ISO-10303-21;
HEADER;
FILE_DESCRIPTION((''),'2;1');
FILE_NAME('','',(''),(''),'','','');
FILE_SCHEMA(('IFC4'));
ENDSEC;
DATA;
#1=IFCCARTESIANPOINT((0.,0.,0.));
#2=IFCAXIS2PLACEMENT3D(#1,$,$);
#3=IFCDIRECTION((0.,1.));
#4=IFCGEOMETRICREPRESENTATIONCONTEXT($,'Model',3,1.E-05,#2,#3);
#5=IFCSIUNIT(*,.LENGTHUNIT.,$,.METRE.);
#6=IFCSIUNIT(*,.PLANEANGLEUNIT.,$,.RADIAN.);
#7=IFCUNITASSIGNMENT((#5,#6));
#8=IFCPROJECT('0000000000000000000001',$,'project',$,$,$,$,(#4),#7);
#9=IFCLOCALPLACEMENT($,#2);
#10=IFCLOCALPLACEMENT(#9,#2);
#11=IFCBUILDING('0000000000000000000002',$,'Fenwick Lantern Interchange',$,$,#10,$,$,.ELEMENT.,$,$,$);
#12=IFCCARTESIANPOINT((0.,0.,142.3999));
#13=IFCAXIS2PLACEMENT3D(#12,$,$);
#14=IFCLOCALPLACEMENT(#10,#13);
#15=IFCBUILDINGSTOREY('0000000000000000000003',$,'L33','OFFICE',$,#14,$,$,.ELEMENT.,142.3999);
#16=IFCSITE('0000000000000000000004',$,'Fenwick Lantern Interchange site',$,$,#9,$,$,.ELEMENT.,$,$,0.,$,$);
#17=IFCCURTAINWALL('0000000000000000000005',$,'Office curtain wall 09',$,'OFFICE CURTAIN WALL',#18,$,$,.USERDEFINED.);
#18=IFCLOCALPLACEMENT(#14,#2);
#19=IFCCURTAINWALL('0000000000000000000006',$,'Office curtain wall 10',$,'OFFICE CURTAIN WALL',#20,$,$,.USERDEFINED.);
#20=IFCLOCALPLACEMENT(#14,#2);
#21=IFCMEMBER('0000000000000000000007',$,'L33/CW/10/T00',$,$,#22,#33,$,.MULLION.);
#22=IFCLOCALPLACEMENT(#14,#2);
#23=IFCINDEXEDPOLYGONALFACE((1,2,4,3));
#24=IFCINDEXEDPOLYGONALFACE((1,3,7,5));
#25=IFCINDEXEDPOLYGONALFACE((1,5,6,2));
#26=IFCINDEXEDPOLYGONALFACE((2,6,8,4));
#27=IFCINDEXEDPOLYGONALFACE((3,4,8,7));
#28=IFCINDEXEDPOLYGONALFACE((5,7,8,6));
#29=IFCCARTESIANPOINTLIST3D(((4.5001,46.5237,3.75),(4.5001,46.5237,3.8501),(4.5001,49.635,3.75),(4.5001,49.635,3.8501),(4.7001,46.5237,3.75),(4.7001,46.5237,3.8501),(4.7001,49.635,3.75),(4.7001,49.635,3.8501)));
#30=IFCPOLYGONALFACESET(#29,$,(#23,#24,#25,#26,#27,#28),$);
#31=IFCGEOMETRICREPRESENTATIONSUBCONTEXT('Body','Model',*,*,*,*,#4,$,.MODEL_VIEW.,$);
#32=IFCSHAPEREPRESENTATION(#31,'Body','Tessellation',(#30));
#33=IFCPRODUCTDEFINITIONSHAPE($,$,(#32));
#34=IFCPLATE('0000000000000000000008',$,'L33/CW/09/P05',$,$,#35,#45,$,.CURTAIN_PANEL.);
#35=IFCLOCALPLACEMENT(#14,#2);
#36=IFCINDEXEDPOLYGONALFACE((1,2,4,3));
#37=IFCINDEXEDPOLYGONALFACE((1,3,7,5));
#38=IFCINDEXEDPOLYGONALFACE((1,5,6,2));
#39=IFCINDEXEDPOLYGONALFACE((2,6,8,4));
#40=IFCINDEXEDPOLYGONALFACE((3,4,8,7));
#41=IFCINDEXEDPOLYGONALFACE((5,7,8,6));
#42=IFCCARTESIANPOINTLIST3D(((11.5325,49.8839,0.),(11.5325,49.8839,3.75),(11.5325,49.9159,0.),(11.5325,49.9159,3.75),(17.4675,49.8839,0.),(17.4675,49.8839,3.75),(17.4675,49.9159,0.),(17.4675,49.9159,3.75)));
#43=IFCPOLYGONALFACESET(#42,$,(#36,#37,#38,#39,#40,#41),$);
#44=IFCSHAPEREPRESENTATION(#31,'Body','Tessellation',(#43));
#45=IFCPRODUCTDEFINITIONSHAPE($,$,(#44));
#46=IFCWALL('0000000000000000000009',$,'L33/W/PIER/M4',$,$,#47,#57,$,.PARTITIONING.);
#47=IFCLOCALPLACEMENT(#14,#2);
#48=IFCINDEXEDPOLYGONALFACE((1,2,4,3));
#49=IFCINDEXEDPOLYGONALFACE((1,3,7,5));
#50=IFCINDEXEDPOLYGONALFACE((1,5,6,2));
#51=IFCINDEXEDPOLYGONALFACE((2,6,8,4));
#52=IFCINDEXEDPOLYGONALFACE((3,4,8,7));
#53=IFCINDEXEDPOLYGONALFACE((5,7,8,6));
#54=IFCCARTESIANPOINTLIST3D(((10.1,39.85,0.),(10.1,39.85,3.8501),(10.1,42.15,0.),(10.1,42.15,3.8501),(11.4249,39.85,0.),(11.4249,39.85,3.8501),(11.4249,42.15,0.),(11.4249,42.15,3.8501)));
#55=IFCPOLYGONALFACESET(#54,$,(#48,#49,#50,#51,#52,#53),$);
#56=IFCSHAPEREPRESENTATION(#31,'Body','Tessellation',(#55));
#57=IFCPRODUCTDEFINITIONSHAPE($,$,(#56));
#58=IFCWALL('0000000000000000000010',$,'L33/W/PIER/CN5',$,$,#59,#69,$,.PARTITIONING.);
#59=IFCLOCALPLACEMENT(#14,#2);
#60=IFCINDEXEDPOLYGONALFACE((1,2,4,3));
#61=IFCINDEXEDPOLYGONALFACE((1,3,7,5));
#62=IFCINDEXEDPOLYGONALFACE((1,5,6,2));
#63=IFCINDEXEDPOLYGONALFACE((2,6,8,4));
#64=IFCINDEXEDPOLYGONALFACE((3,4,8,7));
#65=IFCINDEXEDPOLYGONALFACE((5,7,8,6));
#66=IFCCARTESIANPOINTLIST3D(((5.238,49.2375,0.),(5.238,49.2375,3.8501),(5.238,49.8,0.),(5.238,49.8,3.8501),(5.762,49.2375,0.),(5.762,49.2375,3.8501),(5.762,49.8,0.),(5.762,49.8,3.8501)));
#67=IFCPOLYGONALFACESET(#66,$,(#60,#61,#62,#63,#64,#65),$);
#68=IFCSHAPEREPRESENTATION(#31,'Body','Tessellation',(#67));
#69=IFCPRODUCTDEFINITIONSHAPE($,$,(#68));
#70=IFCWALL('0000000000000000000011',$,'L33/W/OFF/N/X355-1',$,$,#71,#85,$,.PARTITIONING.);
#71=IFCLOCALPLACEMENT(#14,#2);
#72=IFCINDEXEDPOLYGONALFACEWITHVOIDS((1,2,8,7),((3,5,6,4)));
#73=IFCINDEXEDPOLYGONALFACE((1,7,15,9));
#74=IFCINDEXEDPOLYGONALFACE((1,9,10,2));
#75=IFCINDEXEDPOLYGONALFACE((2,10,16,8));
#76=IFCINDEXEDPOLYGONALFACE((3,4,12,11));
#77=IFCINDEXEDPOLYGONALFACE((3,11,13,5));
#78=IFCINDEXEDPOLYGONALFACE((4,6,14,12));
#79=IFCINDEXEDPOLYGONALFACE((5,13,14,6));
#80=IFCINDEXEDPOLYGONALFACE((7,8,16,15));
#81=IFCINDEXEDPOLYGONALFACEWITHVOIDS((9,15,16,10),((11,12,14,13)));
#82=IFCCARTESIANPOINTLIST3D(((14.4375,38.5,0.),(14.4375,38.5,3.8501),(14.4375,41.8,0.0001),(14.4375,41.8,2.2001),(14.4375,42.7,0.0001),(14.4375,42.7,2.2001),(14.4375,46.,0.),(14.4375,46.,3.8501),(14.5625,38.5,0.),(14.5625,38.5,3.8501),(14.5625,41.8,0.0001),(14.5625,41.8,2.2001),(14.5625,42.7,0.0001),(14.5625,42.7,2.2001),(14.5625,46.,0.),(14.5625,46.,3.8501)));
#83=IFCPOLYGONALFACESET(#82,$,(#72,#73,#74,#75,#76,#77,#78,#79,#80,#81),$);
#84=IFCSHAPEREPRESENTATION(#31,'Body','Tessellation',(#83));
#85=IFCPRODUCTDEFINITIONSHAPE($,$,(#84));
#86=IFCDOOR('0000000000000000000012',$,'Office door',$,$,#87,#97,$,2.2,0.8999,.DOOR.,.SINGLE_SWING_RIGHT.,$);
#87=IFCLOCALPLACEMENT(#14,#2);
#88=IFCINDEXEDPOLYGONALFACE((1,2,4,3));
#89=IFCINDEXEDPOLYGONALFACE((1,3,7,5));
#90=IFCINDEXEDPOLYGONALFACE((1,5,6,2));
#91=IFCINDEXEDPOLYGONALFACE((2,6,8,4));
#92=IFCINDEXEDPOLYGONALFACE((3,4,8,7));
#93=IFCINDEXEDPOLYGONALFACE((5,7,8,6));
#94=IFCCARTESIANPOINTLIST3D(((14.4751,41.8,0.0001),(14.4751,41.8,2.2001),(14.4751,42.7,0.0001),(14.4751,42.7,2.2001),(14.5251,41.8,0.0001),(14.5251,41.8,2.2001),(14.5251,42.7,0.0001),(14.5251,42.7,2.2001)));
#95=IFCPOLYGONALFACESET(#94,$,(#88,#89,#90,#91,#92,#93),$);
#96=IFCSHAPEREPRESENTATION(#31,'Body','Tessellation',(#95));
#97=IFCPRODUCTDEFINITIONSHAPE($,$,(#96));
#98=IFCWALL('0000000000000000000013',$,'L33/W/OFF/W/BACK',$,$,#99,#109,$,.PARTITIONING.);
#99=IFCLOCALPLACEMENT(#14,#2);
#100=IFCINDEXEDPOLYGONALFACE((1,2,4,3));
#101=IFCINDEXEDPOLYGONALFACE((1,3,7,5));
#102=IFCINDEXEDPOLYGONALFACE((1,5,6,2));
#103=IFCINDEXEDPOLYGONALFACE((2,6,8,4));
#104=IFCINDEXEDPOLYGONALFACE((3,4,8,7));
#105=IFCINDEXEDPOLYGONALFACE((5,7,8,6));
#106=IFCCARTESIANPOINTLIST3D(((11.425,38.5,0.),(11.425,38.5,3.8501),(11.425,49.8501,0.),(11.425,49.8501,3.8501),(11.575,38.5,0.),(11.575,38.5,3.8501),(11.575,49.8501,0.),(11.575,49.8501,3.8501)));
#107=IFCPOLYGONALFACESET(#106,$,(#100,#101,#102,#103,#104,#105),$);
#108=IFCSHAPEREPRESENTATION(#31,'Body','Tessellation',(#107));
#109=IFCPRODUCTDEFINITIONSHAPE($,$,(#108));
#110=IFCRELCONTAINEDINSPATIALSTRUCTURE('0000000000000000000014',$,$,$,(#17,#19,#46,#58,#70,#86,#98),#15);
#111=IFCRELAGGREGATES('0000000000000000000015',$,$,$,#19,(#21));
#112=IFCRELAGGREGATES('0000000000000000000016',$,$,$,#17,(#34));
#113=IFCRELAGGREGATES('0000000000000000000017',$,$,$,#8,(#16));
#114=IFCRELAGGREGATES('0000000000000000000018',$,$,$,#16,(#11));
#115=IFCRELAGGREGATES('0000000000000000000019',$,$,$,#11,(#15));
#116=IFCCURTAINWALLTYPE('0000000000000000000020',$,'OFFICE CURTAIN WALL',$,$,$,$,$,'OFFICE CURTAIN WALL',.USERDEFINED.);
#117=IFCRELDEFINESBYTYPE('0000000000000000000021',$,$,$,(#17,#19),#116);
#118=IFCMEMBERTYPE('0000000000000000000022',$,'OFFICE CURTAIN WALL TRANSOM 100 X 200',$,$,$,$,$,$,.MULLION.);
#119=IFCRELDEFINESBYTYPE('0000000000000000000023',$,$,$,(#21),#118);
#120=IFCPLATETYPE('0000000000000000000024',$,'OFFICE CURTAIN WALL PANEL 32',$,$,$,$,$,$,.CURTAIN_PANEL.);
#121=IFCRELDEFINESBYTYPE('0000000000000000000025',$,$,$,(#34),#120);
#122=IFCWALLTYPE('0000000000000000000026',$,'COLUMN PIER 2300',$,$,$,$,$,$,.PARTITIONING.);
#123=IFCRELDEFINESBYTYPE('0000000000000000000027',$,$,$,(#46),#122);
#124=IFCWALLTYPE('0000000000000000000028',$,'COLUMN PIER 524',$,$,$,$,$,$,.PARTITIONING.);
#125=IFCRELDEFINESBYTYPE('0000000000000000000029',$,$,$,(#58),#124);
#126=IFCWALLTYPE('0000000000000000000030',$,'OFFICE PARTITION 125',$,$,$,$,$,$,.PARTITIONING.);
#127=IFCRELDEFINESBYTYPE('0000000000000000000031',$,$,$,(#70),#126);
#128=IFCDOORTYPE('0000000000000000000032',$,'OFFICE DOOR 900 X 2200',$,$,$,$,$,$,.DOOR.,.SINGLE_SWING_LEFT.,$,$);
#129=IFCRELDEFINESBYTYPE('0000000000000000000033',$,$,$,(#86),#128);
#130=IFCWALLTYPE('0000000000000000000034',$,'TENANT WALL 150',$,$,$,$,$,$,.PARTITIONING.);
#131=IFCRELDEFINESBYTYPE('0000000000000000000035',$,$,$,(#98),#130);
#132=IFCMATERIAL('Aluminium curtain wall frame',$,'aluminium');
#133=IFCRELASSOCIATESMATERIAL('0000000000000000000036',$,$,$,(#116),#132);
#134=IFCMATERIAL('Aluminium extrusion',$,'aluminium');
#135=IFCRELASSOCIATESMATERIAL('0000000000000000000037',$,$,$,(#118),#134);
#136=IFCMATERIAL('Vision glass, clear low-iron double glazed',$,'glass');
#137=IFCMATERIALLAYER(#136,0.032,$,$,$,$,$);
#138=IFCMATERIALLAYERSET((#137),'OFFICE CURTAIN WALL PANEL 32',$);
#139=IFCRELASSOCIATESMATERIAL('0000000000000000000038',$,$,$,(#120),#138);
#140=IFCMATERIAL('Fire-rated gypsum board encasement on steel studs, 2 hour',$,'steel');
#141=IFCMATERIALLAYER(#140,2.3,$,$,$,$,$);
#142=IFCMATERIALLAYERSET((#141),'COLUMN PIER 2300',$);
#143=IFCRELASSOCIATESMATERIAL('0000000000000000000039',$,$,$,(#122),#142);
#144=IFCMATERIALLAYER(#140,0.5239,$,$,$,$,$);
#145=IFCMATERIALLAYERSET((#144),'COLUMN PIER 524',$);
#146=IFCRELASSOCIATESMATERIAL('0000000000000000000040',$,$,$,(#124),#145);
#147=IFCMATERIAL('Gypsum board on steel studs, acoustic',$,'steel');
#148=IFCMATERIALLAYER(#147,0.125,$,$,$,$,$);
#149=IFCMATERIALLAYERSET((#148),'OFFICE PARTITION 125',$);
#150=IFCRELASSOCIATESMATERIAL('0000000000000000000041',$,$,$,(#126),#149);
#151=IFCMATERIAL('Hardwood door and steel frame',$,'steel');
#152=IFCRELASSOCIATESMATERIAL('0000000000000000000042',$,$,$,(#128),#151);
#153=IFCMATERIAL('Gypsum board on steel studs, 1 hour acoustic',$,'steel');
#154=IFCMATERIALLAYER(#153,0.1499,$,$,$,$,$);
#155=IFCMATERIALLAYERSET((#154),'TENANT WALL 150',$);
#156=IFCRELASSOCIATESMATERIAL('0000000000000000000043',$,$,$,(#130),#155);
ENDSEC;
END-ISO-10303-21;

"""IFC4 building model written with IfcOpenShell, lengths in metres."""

from ifc_helpers import new_model, si_unit, direction, frame, frame_2d, origin, origin_2d, place, context, subcontext, project, spatial, rectangle, extrude, material, layer, layer_set, material_profile, profile_set, type_object, element, fill, aggregate, save


model = new_model("IFC4")

# Units and contexts
model_context = context("Model", 3, precision=1e-05, world=origin(), true_north=direction((0.0, 1.0)))
body_context = subcontext(model_context, "Body", "Model", "MODEL_VIEW")
ifc_project = project(units=[si_unit("LENGTHUNIT", "METRE"), si_unit("PLANEANGLEUNIT", "RADIAN")], contexts=[model_context])

# Site, building, storey
site_placement = place(None, origin())
site = spatial("IfcSite", under=ifc_project, at=site_placement, Name="Fenwick Lantern Interchange site", CompositionType="ELEMENT", RefElevation=0.0)
building_placement = place(site_placement, origin())
building = spatial("IfcBuilding", under=site, at=building_placement, Name="Fenwick Lantern Interchange", CompositionType="ELEMENT")
storey_placement = place(building_placement, frame((0.0, 0.0, 142.3999)))
storey = spatial("IfcBuildingStorey", under=building, at=storey_placement, Name="L33", Description="OFFICE", CompositionType="ELEMENT", Elevation=142.3999)

# Curtain walls
ifc_material_1 = material(Name="Aluminium curtain wall frame", Category="aluminium")
curtain_wall_type = type_object("IfcCurtainWallType", Name="OFFICE CURTAIN WALL", ElementType="OFFICE CURTAIN WALL", PredefinedType="USERDEFINED", material=ifc_material_1)
curtain_wall_1_placement = place(storey_placement, origin())
curtain_wall_1 = element("IfcCurtainWall", 1, at=curtain_wall_1_placement, inside=storey, type_object=curtain_wall_type, Name="Office curtain wall 09", ObjectType="OFFICE CURTAIN WALL", PredefinedType="USERDEFINED")
ifc_material_2 = material(Name="Aluminium extrusion", Category="aluminium")
curtain_wall_2_placement = place(storey_placement, origin())
curtain_wall_2 = element("IfcCurtainWall", 2, at=curtain_wall_2_placement, inside=storey, type_object=curtain_wall_type, Name="Office curtain wall 10", ObjectType="OFFICE CURTAIN WALL", PredefinedType="USERDEFINED")

# Member
ifc_material_profile_1 = material_profile(ifc_material_2, rectangle(XDim=0.2, YDim=0.1001, at=origin_2d()), Name="OFFICE CURTAIN WALL TRANSOM 100 X 200")
ifc_profile_set_1 = profile_set([ifc_material_profile_1], Name="Aluminium extrusion")
member_type_1 = type_object("IfcMemberType", Name="OFFICE CURTAIN WALL TRANSOM 100 X 200", PredefinedType="MULLION", material=ifc_profile_set_1)
member_1_placement = place(storey_placement, frame((4.6001, 49.635, 3.8), z_axis=(0.0, -1.0, 0.0), x_axis=(1.0, 0.0, 0.0)))
member_1 = element("IfcMember", 3, at=member_1_placement, type_object=member_type_1, Name="L33/CW/10/T00", PredefinedType="MULLION", context=body_context, shape_type="SweptSolid", body=[
    extrude(rectangle(XDim=0.2, YDim=0.1001, at=origin_2d()), origin(), (0.0, 0.0, 1.0), 3.1113),
])
aggregate(curtain_wall_2, [member_1])

# Plate
ifc_material_3 = material(Name="Vision glass, clear low-iron double glazed", Category="glass")
ifc_layer_1 = layer(ifc_material_3, 0.032)
ifc_layer_set_1 = layer_set([ifc_layer_1], Name="OFFICE CURTAIN WALL PANEL 32")
plate_type = type_object("IfcPlateType", Name="OFFICE CURTAIN WALL PANEL 32", PredefinedType="CURTAIN_PANEL", material=ifc_layer_set_1)
plate_placement = place(storey_placement, frame((14.5, 49.8999, 0.0), z_axis=(0.0, 0.0, 1.0), x_axis=(-1.0, 0.0, 0.0)))
plate = element("IfcPlate", 4, at=plate_placement, type_object=plate_type, Name="L33/CW/09/P05", PredefinedType="CURTAIN_PANEL", context=body_context, shape_type="SweptSolid", body=[
    extrude(rectangle(XDim=5.9351, YDim=0.032, at=origin_2d()), origin(), (0.0, 0.0, 1.0), 3.75),
])
aggregate(curtain_wall_1, [plate])

# Walls
ifc_material_4 = material(Name="Fire-rated gypsum board encasement on steel studs, 2 hour", Category="steel")
ifc_layer_2 = layer(ifc_material_4, 2.3)
ifc_layer_set_2 = layer_set([ifc_layer_2], Name="COLUMN PIER 2300")
wall_type_1 = type_object("IfcWallType", Name="COLUMN PIER 2300", PredefinedType="PARTITIONING", material=ifc_layer_set_2)
wall_1_placement = place(storey_placement, frame((11.425, 41.0, 0.0), z_axis=(0.0, 0.0, 1.0), x_axis=(-1.0, 0.0, 0.0)))
element("IfcWall", 5, at=wall_1_placement, inside=storey, type_object=wall_type_1, Name="L33/W/PIER/M4", PredefinedType="PARTITIONING", context=body_context, shape_type="SweptSolid", body=[
    extrude(rectangle(XDim=1.325, YDim=2.3, at=frame_2d((0.6626, 0.0))), origin(), (0.0, 0.0, 1.0), 3.8501),
])
ifc_layer_3 = layer(ifc_material_4, 0.5239)
ifc_layer_set_3 = layer_set([ifc_layer_3], Name="COLUMN PIER 524")
wall_type_2 = type_object("IfcWallType", Name="COLUMN PIER 524", PredefinedType="PARTITIONING", material=ifc_layer_set_3)
wall_2_placement = place(storey_placement, frame((5.5, 49.8, 0.0), z_axis=(0.0, 0.0, 1.0), x_axis=(0.0, -1.0, 0.0)))
element("IfcWall", 6, at=wall_2_placement, inside=storey, type_object=wall_type_2, Name="L33/W/PIER/CN5", PredefinedType="PARTITIONING", context=body_context, shape_type="SweptSolid", body=[
    extrude(rectangle(XDim=0.5625, YDim=0.5239, at=frame_2d((0.2812, 0.0))), origin(), (0.0, 0.0, 1.0), 3.8501),
])

# Wall, opening, door
ifc_material_5 = material(Name="Gypsum board on steel studs, acoustic", Category="steel")
ifc_layer_4 = layer(ifc_material_5, 0.125)
ifc_layer_set_4 = layer_set([ifc_layer_4], Name="OFFICE PARTITION 125")
wall_type_3 = type_object("IfcWallType", Name="OFFICE PARTITION 125", PredefinedType="PARTITIONING", material=ifc_layer_set_4)
wall_3_placement = place(storey_placement, frame((14.5, 46.0, 0.0), z_axis=(0.0, 0.0, 1.0), x_axis=(0.0, -1.0, 0.0)))
wall_3 = element("IfcWall", 7, at=wall_3_placement, inside=storey, type_object=wall_type_3, Name="L33/W/OFF/N/X355-1", PredefinedType="PARTITIONING", context=body_context, shape_type="SweptSolid", body=[
    extrude(rectangle(XDim=7.5, YDim=0.125, at=frame_2d((3.75, 0.0))), origin(), (0.0, 0.0, 1.0), 3.8501),
])
opening_placement = place(wall_3_placement, frame((3.3, 0.0, 0.0)))
opening = element("IfcOpeningElement", 8, at=opening_placement, cuts=wall_3, PredefinedType="OPENING", context=body_context, shape_type="SweptSolid", body=[
    extrude(rectangle(XDim=0.8999, YDim=2.2, at=frame_2d((0.45, 1.1001))), frame((0.0, 0.0725, 0.0), z_axis=(0.0, -1.0, 0.0), x_axis=(1.0, 0.0, 0.0)), (0.0, 0.0, 1.0), 0.145),
])
ifc_material_6 = material(Name="Hardwood door and steel frame", Category="steel")
door_type = type_object("IfcDoorType", Name="OFFICE DOOR 900 X 2200", OperationType="SINGLE_SWING_LEFT", PredefinedType="DOOR", material=ifc_material_6)
door_placement = place(opening_placement, frame((0.8999, 0.0, 0.0), z_axis=(0.0, 0.0, 1.0), x_axis=(-1.0, 0.0, 0.0)))
door = element("IfcDoor", 9, at=door_placement, inside=storey, type_object=door_type, Name="Office door", OperationType="SINGLE_SWING_RIGHT", OverallHeight=2.2, OverallWidth=0.8999, PredefinedType="DOOR", context=body_context, shape_type="SweptSolid", body=[
    extrude(rectangle(XDim=0.8999, YDim=2.2, at=frame_2d((0.45, 1.1001))), frame((0.0, 0.0249, 0.0), z_axis=(0.0, -1.0, 0.0), x_axis=(1.0, 0.0, 0.0)), (0.0, 0.0, 1.0), 0.05),
])
fill(opening, door)

# Wall
ifc_material_7 = material(Name="Gypsum board on steel studs, 1 hour acoustic", Category="steel")
ifc_layer_5 = layer(ifc_material_7, 0.1499)
ifc_layer_set_5 = layer_set([ifc_layer_5], Name="TENANT WALL 150")
wall_type_4 = type_object("IfcWallType", Name="TENANT WALL 150", PredefinedType="PARTITIONING", material=ifc_layer_set_5)
wall_4_placement = place(storey_placement, frame((11.5, 49.8501, 0.0), z_axis=(0.0, 0.0, 1.0), x_axis=(0.0, -1.0, 0.0)))
element("IfcWall", 10, at=wall_4_placement, inside=storey, type_object=wall_type_4, Name="L33/W/OFF/W/BACK", PredefinedType="PARTITIONING", context=body_context, shape_type="SweptSolid", body=[
    extrude(rectangle(XDim=11.3501, YDim=0.1499, at=frame_2d((5.675, 0.0))), origin(), (0.0, 0.0, 1.0), 3.8501),
])

save(model, "model.ifc")
